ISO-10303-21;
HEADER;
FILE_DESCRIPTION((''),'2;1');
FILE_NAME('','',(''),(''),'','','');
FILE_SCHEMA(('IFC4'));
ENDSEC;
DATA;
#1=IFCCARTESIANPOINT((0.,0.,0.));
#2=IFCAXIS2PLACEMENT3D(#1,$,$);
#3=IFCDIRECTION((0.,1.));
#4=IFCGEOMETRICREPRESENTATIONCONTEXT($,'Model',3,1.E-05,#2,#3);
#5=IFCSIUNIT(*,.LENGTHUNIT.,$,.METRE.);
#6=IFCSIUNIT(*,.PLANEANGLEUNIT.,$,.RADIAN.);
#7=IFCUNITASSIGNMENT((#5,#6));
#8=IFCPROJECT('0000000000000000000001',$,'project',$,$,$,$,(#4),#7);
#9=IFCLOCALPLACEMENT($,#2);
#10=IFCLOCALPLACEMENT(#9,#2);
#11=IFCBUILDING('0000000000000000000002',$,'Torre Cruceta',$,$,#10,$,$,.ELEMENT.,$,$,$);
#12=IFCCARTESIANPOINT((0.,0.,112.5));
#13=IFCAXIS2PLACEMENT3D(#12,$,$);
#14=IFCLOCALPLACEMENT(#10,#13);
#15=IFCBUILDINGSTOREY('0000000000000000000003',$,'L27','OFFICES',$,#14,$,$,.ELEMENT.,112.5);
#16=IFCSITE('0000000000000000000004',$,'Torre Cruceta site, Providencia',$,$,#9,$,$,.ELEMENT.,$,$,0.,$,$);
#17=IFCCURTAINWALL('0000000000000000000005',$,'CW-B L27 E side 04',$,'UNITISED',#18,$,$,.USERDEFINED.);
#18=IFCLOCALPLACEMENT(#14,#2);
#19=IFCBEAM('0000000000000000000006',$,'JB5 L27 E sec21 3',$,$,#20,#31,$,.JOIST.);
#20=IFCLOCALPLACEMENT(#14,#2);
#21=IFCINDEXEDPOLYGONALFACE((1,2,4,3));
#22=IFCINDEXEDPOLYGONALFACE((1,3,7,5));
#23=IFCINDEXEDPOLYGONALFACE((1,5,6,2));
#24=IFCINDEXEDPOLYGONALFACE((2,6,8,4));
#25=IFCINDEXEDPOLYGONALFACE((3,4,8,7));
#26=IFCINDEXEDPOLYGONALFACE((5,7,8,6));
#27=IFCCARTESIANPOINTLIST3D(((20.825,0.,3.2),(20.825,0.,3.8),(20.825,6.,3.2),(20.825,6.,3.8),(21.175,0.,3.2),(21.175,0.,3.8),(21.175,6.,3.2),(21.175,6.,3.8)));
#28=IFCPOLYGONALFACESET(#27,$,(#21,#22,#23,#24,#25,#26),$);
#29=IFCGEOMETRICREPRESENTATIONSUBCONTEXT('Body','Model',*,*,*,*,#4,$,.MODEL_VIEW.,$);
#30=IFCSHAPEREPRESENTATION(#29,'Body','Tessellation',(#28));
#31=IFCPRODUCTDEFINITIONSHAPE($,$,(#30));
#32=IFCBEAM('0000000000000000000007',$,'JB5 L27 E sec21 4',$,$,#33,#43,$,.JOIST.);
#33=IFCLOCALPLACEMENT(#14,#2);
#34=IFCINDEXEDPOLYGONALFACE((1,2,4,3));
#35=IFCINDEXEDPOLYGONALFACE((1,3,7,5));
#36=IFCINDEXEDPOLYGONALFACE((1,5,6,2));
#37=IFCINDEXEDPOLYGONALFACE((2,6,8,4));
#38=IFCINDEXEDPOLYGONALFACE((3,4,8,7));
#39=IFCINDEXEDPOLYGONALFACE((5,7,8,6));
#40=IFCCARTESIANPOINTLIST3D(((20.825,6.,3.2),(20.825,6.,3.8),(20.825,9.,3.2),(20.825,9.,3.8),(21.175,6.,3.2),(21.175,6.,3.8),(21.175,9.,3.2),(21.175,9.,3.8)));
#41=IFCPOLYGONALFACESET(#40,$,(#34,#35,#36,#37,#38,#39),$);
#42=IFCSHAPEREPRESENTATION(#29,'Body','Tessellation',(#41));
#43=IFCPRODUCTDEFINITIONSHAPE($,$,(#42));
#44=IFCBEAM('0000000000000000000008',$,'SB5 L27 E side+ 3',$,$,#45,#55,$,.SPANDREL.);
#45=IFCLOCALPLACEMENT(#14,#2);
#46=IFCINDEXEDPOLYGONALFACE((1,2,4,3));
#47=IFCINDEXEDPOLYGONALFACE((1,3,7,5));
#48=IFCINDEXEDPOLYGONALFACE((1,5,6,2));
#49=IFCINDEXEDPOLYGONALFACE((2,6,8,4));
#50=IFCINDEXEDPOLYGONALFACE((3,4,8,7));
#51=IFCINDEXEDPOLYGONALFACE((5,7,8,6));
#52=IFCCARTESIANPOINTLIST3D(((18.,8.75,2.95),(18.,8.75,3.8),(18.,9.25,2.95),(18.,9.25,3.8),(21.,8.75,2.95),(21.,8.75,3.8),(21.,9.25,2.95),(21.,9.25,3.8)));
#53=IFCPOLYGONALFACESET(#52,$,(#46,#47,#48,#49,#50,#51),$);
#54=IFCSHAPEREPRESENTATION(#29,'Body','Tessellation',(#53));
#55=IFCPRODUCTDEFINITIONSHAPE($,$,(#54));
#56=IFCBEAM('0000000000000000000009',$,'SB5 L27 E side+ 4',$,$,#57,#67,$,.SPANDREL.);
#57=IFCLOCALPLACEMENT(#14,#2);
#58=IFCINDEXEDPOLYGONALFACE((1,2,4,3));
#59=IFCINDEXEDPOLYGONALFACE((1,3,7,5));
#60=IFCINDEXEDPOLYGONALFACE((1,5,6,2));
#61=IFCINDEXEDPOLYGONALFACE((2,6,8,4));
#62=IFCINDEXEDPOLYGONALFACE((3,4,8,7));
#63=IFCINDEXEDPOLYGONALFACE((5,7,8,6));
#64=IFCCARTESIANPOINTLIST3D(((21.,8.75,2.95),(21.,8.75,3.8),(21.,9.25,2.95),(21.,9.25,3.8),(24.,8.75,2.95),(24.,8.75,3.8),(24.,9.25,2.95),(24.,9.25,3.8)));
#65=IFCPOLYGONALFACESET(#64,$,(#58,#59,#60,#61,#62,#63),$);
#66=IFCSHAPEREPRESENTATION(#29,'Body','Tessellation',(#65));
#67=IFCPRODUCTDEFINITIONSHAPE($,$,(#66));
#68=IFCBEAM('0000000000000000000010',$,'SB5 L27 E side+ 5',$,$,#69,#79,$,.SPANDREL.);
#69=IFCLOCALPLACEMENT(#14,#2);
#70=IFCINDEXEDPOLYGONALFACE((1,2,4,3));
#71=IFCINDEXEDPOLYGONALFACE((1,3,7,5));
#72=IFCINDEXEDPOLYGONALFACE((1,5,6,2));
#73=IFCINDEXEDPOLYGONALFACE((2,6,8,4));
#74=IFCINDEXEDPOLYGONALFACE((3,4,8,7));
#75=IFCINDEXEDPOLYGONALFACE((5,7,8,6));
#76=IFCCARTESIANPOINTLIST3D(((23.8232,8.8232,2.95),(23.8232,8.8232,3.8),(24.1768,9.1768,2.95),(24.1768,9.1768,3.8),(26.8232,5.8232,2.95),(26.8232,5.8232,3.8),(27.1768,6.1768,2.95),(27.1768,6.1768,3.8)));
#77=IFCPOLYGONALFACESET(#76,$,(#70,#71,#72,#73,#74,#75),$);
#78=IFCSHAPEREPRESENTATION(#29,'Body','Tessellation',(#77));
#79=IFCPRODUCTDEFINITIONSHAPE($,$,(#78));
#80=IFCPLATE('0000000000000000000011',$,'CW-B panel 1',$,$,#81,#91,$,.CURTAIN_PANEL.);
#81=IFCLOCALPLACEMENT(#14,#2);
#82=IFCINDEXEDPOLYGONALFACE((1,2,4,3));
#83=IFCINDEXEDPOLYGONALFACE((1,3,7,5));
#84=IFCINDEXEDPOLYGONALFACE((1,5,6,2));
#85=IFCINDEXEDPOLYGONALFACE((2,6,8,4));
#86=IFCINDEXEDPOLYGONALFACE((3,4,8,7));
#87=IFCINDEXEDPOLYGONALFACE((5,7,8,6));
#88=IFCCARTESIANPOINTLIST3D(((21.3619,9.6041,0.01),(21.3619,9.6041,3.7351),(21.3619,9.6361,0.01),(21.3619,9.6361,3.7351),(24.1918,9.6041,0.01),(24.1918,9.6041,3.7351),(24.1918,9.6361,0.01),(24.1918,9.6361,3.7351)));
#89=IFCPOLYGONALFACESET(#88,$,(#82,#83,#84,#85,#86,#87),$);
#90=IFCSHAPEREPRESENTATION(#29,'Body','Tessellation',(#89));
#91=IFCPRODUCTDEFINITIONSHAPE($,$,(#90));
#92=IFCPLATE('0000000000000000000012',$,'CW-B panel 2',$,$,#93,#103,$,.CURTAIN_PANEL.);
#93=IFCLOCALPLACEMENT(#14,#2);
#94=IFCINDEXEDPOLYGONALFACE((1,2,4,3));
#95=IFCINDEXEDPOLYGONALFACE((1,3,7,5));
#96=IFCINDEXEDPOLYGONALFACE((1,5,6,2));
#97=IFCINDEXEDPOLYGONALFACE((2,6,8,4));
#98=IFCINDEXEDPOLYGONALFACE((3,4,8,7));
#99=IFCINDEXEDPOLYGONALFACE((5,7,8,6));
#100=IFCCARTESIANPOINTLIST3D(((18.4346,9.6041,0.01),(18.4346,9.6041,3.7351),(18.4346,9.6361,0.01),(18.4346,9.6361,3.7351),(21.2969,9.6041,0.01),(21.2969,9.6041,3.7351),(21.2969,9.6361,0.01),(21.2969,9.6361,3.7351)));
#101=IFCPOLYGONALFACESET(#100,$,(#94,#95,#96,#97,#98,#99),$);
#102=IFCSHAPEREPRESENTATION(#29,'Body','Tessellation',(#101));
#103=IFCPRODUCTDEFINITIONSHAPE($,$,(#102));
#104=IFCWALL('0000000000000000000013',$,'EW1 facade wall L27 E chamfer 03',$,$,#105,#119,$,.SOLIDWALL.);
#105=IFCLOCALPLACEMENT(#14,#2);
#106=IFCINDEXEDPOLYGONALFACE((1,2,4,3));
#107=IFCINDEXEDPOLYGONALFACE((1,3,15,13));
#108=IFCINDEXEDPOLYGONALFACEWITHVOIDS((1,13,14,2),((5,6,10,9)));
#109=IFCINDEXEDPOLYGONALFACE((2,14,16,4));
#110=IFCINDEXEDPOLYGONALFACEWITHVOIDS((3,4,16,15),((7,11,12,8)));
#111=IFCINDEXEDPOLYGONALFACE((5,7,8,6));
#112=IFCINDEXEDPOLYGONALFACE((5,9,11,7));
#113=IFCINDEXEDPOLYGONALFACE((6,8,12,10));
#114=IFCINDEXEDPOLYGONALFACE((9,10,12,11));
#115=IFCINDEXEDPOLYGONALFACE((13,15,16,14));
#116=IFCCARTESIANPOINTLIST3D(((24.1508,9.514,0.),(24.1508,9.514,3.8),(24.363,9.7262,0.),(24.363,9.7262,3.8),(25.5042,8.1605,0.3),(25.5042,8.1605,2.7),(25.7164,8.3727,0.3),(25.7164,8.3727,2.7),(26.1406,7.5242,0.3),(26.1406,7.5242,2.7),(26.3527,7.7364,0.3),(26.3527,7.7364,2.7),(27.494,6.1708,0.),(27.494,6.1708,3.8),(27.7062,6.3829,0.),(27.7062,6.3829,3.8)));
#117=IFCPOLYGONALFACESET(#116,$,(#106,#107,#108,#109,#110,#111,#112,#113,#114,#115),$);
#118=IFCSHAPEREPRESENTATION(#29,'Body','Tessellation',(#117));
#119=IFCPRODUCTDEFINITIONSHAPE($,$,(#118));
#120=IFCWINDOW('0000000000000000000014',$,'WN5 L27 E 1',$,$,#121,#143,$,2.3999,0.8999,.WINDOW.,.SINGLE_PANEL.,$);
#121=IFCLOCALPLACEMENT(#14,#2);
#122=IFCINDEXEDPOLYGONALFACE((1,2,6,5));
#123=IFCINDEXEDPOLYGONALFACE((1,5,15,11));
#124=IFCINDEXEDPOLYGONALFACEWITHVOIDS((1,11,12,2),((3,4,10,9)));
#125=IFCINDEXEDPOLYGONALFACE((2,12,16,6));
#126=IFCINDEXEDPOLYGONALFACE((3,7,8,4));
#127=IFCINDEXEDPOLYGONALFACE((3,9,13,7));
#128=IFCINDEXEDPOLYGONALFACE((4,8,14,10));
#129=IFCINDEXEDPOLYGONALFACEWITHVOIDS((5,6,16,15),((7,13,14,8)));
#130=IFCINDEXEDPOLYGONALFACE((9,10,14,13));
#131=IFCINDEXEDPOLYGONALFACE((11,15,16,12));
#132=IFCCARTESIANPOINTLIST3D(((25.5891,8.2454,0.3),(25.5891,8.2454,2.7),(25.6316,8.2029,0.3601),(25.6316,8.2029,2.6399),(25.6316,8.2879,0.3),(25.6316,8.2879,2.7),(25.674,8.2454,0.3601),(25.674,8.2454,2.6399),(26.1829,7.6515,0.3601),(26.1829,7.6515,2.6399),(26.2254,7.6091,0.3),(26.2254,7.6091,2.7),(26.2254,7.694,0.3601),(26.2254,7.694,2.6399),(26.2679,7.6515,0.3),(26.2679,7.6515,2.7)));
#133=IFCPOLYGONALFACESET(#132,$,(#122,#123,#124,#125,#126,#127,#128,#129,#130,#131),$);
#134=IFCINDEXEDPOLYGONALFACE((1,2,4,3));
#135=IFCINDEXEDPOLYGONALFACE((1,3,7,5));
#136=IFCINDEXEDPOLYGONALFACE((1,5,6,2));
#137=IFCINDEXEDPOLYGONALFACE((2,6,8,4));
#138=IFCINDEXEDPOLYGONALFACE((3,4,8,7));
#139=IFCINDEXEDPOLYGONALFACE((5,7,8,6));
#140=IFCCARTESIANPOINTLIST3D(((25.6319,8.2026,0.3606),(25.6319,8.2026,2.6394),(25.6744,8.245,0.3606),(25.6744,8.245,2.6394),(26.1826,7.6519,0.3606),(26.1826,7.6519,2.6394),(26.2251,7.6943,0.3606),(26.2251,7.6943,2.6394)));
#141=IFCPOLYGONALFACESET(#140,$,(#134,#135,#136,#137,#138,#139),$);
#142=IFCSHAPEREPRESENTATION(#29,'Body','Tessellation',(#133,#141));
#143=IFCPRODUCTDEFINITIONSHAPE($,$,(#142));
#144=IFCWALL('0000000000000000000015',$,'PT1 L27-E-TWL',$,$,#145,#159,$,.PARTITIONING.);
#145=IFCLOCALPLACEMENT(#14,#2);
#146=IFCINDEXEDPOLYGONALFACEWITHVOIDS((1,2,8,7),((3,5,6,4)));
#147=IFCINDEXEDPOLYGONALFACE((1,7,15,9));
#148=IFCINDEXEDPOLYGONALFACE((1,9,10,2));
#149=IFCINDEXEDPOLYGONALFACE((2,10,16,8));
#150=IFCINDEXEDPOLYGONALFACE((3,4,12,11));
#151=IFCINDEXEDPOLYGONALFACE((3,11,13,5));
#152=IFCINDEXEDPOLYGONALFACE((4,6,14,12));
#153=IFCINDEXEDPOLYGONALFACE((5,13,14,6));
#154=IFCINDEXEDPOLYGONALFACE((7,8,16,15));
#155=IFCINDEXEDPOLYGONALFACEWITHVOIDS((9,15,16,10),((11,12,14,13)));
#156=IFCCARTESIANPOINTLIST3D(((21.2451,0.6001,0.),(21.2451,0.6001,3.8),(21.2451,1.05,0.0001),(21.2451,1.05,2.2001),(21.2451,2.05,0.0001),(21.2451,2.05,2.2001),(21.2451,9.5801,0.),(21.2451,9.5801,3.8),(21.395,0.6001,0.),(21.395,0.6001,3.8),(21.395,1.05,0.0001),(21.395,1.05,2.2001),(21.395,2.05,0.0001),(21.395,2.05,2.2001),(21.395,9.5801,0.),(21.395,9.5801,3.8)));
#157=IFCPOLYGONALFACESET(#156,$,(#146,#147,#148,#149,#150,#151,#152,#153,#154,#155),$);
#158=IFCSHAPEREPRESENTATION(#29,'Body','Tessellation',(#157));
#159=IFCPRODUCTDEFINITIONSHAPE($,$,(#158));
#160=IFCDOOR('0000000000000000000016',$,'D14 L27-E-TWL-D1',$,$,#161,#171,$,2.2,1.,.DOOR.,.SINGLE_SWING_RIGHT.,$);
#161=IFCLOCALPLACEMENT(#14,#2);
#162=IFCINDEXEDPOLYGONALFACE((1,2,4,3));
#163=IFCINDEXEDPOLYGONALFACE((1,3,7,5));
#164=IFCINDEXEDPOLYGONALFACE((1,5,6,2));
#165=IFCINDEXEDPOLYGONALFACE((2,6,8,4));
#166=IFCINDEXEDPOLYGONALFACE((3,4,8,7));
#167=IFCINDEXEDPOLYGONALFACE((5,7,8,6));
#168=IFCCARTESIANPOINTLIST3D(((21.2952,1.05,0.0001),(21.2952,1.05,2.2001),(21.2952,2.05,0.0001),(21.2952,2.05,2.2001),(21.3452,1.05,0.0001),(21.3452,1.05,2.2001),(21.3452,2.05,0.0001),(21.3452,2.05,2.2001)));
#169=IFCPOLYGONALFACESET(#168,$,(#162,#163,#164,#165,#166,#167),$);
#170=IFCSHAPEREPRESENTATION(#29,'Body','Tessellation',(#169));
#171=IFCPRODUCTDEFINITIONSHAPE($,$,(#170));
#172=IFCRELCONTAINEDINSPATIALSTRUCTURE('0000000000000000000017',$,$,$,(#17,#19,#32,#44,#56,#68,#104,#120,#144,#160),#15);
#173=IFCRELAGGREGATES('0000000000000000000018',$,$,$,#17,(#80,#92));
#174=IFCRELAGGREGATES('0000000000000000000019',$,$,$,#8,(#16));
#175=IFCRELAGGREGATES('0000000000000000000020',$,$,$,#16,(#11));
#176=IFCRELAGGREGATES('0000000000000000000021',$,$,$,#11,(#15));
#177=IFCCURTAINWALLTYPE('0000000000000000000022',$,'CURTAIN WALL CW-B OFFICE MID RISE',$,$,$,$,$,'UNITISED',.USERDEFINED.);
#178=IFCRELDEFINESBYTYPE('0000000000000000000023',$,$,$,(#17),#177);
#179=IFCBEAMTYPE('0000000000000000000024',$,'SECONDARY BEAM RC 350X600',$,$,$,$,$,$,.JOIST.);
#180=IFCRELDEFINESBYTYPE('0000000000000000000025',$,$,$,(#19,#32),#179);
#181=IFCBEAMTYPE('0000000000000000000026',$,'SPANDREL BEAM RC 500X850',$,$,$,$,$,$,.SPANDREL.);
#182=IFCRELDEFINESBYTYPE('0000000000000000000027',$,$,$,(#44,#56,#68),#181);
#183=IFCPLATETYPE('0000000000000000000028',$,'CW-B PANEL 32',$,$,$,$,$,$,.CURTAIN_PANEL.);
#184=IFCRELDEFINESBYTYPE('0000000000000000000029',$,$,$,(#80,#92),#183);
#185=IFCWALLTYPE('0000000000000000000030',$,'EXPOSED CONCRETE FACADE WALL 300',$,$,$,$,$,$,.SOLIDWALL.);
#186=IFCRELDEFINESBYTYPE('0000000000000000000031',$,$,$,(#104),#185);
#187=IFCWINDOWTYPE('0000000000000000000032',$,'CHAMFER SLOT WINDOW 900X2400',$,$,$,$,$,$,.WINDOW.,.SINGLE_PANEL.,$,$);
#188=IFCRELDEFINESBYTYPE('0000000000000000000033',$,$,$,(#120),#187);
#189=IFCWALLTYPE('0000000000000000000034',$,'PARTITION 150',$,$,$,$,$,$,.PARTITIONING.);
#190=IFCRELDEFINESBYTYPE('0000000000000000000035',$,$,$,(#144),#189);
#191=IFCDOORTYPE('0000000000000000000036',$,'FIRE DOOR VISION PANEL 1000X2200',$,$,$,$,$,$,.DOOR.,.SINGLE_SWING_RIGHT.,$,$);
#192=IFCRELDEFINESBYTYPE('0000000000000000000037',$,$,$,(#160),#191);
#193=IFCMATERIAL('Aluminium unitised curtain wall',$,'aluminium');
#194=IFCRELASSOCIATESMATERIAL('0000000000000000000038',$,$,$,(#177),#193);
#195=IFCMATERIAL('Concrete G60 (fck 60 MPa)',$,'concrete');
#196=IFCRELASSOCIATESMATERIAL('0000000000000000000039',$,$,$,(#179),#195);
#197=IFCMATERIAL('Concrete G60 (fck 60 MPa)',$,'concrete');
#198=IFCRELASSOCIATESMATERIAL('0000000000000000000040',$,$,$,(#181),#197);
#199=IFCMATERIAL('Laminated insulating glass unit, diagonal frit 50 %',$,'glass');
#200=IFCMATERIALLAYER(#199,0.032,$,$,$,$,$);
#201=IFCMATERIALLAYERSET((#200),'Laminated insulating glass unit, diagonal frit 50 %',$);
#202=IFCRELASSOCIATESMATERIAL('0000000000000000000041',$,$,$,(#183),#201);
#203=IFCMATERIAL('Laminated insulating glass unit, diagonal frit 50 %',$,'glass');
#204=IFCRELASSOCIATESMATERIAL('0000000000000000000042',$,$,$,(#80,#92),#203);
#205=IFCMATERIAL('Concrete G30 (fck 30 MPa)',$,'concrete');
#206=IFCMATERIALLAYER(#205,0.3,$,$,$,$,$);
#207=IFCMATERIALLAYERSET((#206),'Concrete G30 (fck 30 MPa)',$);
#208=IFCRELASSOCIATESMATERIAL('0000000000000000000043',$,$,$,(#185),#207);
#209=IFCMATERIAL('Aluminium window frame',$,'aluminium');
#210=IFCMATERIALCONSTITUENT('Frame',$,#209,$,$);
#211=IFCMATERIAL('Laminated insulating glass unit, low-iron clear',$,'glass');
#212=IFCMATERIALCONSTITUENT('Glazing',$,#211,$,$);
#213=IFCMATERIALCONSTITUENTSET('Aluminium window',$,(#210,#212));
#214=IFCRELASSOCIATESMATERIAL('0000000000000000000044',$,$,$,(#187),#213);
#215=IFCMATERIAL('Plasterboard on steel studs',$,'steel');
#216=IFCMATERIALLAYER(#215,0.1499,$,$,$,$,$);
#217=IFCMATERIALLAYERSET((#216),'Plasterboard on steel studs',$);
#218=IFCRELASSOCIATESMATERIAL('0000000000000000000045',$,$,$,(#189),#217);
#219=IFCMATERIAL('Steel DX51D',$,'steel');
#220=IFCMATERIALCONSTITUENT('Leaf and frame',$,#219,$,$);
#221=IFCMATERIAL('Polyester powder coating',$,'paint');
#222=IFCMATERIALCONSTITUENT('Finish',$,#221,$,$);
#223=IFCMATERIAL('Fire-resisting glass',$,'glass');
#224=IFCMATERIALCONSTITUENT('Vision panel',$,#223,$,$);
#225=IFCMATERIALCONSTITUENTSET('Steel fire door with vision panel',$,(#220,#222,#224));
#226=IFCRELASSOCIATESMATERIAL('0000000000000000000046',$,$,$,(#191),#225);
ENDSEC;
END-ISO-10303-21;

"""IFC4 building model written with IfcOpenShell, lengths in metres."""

from ifc_helpers import new_model, si_unit, direction, frame, frame_2d, origin, origin_2d, place, context, subcontext, project, spatial, rectangle, hollow_rectangle, extrude, material, layer, layer_set, constituent, constituent_set, material_profile, profile_set, type_object, element, fill, aggregate, save


model = new_model("IFC4")

# Units and contexts
model_context = context("Model", 3, precision=1e-05, world=origin(), true_north=direction((0.0, 1.0)))
body_context = subcontext(model_context, "Body", "Model", "MODEL_VIEW")
ifc_project = project(units=[si_unit("LENGTHUNIT", "METRE"), si_unit("PLANEANGLEUNIT", "RADIAN")], contexts=[model_context])

# Site, building, storey
site_placement = place(None, origin())
site = spatial("IfcSite", under=ifc_project, at=site_placement, Name="Torre Cruceta site, Providencia", CompositionType="ELEMENT", RefElevation=0.0)
building_placement = place(site_placement, origin())
building = spatial("IfcBuilding", under=site, at=building_placement, Name="Torre Cruceta", CompositionType="ELEMENT")
storey_placement = place(building_placement, frame((0.0, 0.0, 112.5)))
storey = spatial("IfcBuildingStorey", under=building, at=storey_placement, Name="L27", Description="OFFICES", CompositionType="ELEMENT", Elevation=112.5)

# Curtain wall
ifc_material_1 = material(Name="Aluminium unitised curtain wall", Category="aluminium")
curtain_wall_type = type_object("IfcCurtainWallType", Name="CURTAIN WALL CW-B OFFICE MID RISE", ElementType="UNITISED", PredefinedType="USERDEFINED", material=ifc_material_1)
curtain_wall_placement = place(storey_placement, origin())
curtain_wall = element("IfcCurtainWall", 1, at=curtain_wall_placement, inside=storey, type_object=curtain_wall_type, Name="CW-B L27 E side 04", ObjectType="UNITISED", PredefinedType="USERDEFINED")

# Beams
ifc_material_2 = material(Name="Concrete G60 (fck 60 MPa)", Category="concrete")
ifc_material_profile_1 = material_profile(ifc_material_2, rectangle(XDim=0.3501, YDim=0.6001, at=origin_2d()), Name="RC 350X600")
ifc_profile_set_1 = profile_set([ifc_material_profile_1], Name="Concrete G60 (fck 60 MPa)")
beam_type_1 = type_object("IfcBeamType", Name="SECONDARY BEAM RC 350X600", PredefinedType="JOIST", material=ifc_profile_set_1)
beam_1_placement = place(storey_placement, frame((21.0, 0.0, 3.5), z_axis=(0.0, 1.0, 0.0), x_axis=(-1.0, 0.0, 0.0)))
element("IfcBeam", 2, at=beam_1_placement, inside=storey, type_object=beam_type_1, Name="JB5 L27 E sec21 3", PredefinedType="JOIST", context=body_context, shape_type="SweptSolid", body=[
    extrude(rectangle(XDim=0.3501, YDim=0.6001, at=origin_2d()), origin(), (0.0, 0.0, 1.0), 6.0),
])
beam_2_placement = place(storey_placement, frame((21.0, 6.0, 3.5), z_axis=(0.0, 1.0, 0.0), x_axis=(-1.0, 0.0, 0.0)))
element("IfcBeam", 3, at=beam_2_placement, inside=storey, type_object=beam_type_1, Name="JB5 L27 E sec21 4", PredefinedType="JOIST", context=body_context, shape_type="SweptSolid", body=[
    extrude(rectangle(XDim=0.3501, YDim=0.6001, at=origin_2d()), origin(), (0.0, 0.0, 1.0), 3.0),
])
ifc_material_3 = material(Name="Concrete G60 (fck 60 MPa)", Category="concrete")
ifc_material_profile_2 = material_profile(ifc_material_3, rectangle(XDim=0.5, YDim=0.8501, at=origin_2d()), Name="RC 500X850")
ifc_profile_set_2 = profile_set([ifc_material_profile_2], Name="Concrete G60 (fck 60 MPa)")
beam_type_2 = type_object("IfcBeamType", Name="SPANDREL BEAM RC 500X850", PredefinedType="SPANDREL", material=ifc_profile_set_2)
for number, where, z_axis, x_axis, name in (
    (4, (18.0, 9.0, 3.375), (1.0, 0.0, 0.0), (0.0, 1.0, 0.0), "SB5 L27 E side+ 3"),
    (5, (21.0, 9.0, 3.375), (1.0, 0.0, 0.0), (0.0, 1.0, 0.0), "SB5 L27 E side+ 4"),
):
    element("IfcBeam", number, at=place(storey_placement, frame(where, z_axis=z_axis, x_axis=x_axis)), inside=storey, type_object=beam_type_2, Name=name, PredefinedType="SPANDREL", context=body_context, shape_type="SweptSolid", body=[
        extrude(rectangle(XDim=0.5, YDim=0.8501, at=origin_2d()), origin(), (0.0, 0.0, 1.0), 3.0),
    ])
beam_3_placement = place(storey_placement, frame((24.0, 9.0, 3.375), z_axis=(0.707107, -0.707107, 0.0), x_axis=(0.707107, 0.707107, 0.0)))
element("IfcBeam", 6, at=beam_3_placement, inside=storey, type_object=beam_type_2, Name="SB5 L27 E side+ 5", PredefinedType="SPANDREL", context=body_context, shape_type="SweptSolid", body=[
    extrude(rectangle(XDim=0.5, YDim=0.8501, at=origin_2d()), origin(), (0.0, 0.0, 1.0), 4.2427),
])

# Plates
ifc_material_4 = material(Name="Laminated insulating glass unit, diagonal frit 50 %", Category="glass")
ifc_material_5 = material(Name="Laminated insulating glass unit, diagonal frit 50 %", Category="glass")
ifc_layer_1 = layer(ifc_material_5, 0.032)
ifc_layer_set_1 = layer_set([ifc_layer_1], Name="Laminated insulating glass unit, diagonal frit 50 %")
plate_type = type_object("IfcPlateType", Name="CW-B PANEL 32", PredefinedType="CURTAIN_PANEL", material=ifc_layer_set_1)
plate_1_placement = place(storey_placement, frame((22.7769, 9.6201, 0.01), z_axis=(0.0, 0.0, 1.0), x_axis=(-1.0, 0.0, 0.0)))
plate_1 = element("IfcPlate", 7, at=plate_1_placement, type_object=plate_type, material=ifc_material_4, Name="CW-B panel 1", PredefinedType="CURTAIN_PANEL", context=body_context, shape_type="SweptSolid", body=[
    extrude(rectangle(XDim=2.8298, YDim=0.032, at=origin_2d()), origin(), (0.0, 0.0, 1.0), 3.7251),
])
plate_2_placement = place(storey_placement, frame((19.8657, 9.6201, 0.01), z_axis=(0.0, 0.0, 1.0), x_axis=(-1.0, 0.0, 0.0)))
plate_2 = element("IfcPlate", 8, at=plate_2_placement, type_object=plate_type, material=ifc_material_4, Name="CW-B panel 2", PredefinedType="CURTAIN_PANEL", context=body_context, shape_type="SweptSolid", body=[
    extrude(rectangle(XDim=2.8623, YDim=0.032, at=origin_2d()), origin(), (0.0, 0.0, 1.0), 3.7251),
])
aggregate(curtain_wall, [plate_1, plate_2])

# Wall, opening, window
ifc_material_6 = material(Name="Concrete G30 (fck 30 MPa)", Category="concrete")
ifc_layer_2 = layer(ifc_material_6, 0.3)
ifc_layer_set_2 = layer_set([ifc_layer_2], Name="Concrete G30 (fck 30 MPa)")
wall_type_1 = type_object("IfcWallType", Name="EXPOSED CONCRETE FACADE WALL 300", PredefinedType="SOLIDWALL", material=ifc_layer_set_2)
wall_1_placement = place(storey_placement, frame((27.6001, 6.2769, 0.0), z_axis=(0.0, 0.0, 1.0), x_axis=(-0.707107, 0.707107, 0.0)))
wall_1 = element("IfcWall", 9, at=wall_1_placement, inside=storey, type_object=wall_type_1, Name="EW1 facade wall L27 E chamfer 03", PredefinedType="SOLIDWALL", context=body_context, shape_type="SweptSolid", body=[
    extrude(rectangle(XDim=4.728, YDim=0.3, at=frame_2d((2.364, 0.0))), origin(), (0.0, 0.0, 1.0), 3.8),
])
opening_1_placement = place(wall_1_placement, frame((1.9141, 0.0, 0.3)))
opening_1 = element("IfcOpeningElement", 10, at=opening_1_placement, cuts=wall_1, PredefinedType="OPENING", context=body_context, shape_type="SweptSolid", body=[
    extrude(rectangle(XDim=0.8999, YDim=2.3999, at=frame_2d((0.45, 1.2))), frame((0.0, 0.1599, 0.0), z_axis=(0.0, -1.0, 0.0), x_axis=(1.0, 0.0, 0.0)), (0.0, 0.0, 1.0), 0.3201),
])
ifc_material_7 = material(Name="Aluminium window frame", Category="aluminium")
ifc_constituent_1 = constituent(ifc_material_7, Name="Frame")
ifc_material_8 = material(Name="Laminated insulating glass unit, low-iron clear", Category="glass")
ifc_constituent_2 = constituent(ifc_material_8, Name="Glazing")
ifc_constituent_set_1 = constituent_set(constituents=[ifc_constituent_1, ifc_constituent_2], Name="Aluminium window")
window_type = type_object("IfcWindowType", Name="CHAMFER SLOT WINDOW 900X2400", PartitioningType="SINGLE_PANEL", PredefinedType="WINDOW", material=ifc_constituent_set_1)
window_placement = place(opening_1_placement, origin())
window = element("IfcWindow", 11, at=window_placement, inside=storey, type_object=window_type, Name="WN5 L27 E 1", OverallHeight=2.3999, OverallWidth=0.8999, PartitioningType="SINGLE_PANEL", PredefinedType="WINDOW", context=body_context, shape_type="SweptSolid", body=[
    extrude(hollow_rectangle(XDim=0.8999, YDim=2.3999, WallThickness=0.0601, at=frame_2d((0.45, 1.2))), frame((0.0, 0.03, 0.0), z_axis=(0.0, -1.0, 0.0), x_axis=(1.0, 0.0, 0.0)), (0.0, 0.0, 1.0), 0.0601),
    extrude(rectangle(XDim=0.7788, YDim=2.2788, at=frame_2d((0.45, 1.2))), frame((0.0, 0.03, 0.0), z_axis=(0.0, -1.0, 0.0), x_axis=(1.0, 0.0, 0.0)), (0.0, 0.0, 1.0), 0.0601),
])
fill(opening_1, window)

# Wall, opening, door
ifc_material_9 = material(Name="Plasterboard on steel studs", Category="steel")
ifc_layer_3 = layer(ifc_material_9, 0.1499)
ifc_layer_set_3 = layer_set([ifc_layer_3], Name="Plasterboard on steel studs")
wall_type_2 = type_object("IfcWallType", Name="PARTITION 150", PredefinedType="PARTITIONING", material=ifc_layer_set_3)
wall_2_placement = place(storey_placement, frame((21.3201, 0.6001, 0.0), z_axis=(0.0, 0.0, 1.0), x_axis=(0.0, 1.0, 0.0)))
wall_2 = element("IfcWall", 12, at=wall_2_placement, inside=storey, type_object=wall_type_2, Name="PT1 L27-E-TWL", PredefinedType="PARTITIONING", context=body_context, shape_type="SweptSolid", body=[
    extrude(rectangle(XDim=8.98, YDim=0.1499, at=frame_2d((4.49, 0.0))), origin(), (0.0, 0.0, 1.0), 3.8),
])
opening_2_placement = place(wall_2_placement, frame((0.45, 0.0, 0.0)))
opening_2 = element("IfcOpeningElement", 13, at=opening_2_placement, cuts=wall_2, PredefinedType="OPENING", context=body_context, shape_type="SweptSolid", body=[
    extrude(rectangle(XDim=1.0, YDim=2.2, at=frame_2d((0.5, 1.1001))), frame((0.0, 0.085, 0.0), z_axis=(0.0, -1.0, 0.0), x_axis=(1.0, 0.0, 0.0)), (0.0, 0.0, 1.0), 0.1699),
])
ifc_material_10 = material(Name="Steel DX51D", Category="steel")
ifc_constituent_3 = constituent(ifc_material_10, Name="Leaf and frame")
ifc_material_11 = material(Name="Polyester powder coating", Category="paint")
ifc_constituent_4 = constituent(ifc_material_11, Name="Finish")
ifc_material_12 = material(Name="Fire-resisting glass", Category="glass")
ifc_constituent_5 = constituent(ifc_material_12, Name="Vision panel")
ifc_constituent_set_2 = constituent_set(constituents=[ifc_constituent_3, ifc_constituent_4, ifc_constituent_5], Name="Steel fire door with vision panel")
door_type = type_object("IfcDoorType", Name="FIRE DOOR VISION PANEL 1000X2200", OperationType="SINGLE_SWING_RIGHT", PredefinedType="DOOR", material=ifc_constituent_set_2)
door_placement = place(opening_2_placement, frame((1.0, 0.0, 0.0), z_axis=(0.0, 0.0, 1.0), x_axis=(-1.0, 0.0, 0.0)))
door = element("IfcDoor", 14, at=door_placement, inside=storey, type_object=door_type, Name="D14 L27-E-TWL-D1", OperationType="SINGLE_SWING_RIGHT", OverallHeight=2.2, OverallWidth=1.0, PredefinedType="DOOR", context=body_context, shape_type="SweptSolid", body=[
    extrude(rectangle(XDim=1.0, YDim=2.2, at=frame_2d((0.5, 1.1001))), frame((0.0, 0.0251, 0.0), z_axis=(0.0, -1.0, 0.0), x_axis=(1.0, 0.0, 0.0)), (0.0, 0.0, 1.0), 0.05),
])
fill(opening_2, door)

save(model, "model.ifc")
